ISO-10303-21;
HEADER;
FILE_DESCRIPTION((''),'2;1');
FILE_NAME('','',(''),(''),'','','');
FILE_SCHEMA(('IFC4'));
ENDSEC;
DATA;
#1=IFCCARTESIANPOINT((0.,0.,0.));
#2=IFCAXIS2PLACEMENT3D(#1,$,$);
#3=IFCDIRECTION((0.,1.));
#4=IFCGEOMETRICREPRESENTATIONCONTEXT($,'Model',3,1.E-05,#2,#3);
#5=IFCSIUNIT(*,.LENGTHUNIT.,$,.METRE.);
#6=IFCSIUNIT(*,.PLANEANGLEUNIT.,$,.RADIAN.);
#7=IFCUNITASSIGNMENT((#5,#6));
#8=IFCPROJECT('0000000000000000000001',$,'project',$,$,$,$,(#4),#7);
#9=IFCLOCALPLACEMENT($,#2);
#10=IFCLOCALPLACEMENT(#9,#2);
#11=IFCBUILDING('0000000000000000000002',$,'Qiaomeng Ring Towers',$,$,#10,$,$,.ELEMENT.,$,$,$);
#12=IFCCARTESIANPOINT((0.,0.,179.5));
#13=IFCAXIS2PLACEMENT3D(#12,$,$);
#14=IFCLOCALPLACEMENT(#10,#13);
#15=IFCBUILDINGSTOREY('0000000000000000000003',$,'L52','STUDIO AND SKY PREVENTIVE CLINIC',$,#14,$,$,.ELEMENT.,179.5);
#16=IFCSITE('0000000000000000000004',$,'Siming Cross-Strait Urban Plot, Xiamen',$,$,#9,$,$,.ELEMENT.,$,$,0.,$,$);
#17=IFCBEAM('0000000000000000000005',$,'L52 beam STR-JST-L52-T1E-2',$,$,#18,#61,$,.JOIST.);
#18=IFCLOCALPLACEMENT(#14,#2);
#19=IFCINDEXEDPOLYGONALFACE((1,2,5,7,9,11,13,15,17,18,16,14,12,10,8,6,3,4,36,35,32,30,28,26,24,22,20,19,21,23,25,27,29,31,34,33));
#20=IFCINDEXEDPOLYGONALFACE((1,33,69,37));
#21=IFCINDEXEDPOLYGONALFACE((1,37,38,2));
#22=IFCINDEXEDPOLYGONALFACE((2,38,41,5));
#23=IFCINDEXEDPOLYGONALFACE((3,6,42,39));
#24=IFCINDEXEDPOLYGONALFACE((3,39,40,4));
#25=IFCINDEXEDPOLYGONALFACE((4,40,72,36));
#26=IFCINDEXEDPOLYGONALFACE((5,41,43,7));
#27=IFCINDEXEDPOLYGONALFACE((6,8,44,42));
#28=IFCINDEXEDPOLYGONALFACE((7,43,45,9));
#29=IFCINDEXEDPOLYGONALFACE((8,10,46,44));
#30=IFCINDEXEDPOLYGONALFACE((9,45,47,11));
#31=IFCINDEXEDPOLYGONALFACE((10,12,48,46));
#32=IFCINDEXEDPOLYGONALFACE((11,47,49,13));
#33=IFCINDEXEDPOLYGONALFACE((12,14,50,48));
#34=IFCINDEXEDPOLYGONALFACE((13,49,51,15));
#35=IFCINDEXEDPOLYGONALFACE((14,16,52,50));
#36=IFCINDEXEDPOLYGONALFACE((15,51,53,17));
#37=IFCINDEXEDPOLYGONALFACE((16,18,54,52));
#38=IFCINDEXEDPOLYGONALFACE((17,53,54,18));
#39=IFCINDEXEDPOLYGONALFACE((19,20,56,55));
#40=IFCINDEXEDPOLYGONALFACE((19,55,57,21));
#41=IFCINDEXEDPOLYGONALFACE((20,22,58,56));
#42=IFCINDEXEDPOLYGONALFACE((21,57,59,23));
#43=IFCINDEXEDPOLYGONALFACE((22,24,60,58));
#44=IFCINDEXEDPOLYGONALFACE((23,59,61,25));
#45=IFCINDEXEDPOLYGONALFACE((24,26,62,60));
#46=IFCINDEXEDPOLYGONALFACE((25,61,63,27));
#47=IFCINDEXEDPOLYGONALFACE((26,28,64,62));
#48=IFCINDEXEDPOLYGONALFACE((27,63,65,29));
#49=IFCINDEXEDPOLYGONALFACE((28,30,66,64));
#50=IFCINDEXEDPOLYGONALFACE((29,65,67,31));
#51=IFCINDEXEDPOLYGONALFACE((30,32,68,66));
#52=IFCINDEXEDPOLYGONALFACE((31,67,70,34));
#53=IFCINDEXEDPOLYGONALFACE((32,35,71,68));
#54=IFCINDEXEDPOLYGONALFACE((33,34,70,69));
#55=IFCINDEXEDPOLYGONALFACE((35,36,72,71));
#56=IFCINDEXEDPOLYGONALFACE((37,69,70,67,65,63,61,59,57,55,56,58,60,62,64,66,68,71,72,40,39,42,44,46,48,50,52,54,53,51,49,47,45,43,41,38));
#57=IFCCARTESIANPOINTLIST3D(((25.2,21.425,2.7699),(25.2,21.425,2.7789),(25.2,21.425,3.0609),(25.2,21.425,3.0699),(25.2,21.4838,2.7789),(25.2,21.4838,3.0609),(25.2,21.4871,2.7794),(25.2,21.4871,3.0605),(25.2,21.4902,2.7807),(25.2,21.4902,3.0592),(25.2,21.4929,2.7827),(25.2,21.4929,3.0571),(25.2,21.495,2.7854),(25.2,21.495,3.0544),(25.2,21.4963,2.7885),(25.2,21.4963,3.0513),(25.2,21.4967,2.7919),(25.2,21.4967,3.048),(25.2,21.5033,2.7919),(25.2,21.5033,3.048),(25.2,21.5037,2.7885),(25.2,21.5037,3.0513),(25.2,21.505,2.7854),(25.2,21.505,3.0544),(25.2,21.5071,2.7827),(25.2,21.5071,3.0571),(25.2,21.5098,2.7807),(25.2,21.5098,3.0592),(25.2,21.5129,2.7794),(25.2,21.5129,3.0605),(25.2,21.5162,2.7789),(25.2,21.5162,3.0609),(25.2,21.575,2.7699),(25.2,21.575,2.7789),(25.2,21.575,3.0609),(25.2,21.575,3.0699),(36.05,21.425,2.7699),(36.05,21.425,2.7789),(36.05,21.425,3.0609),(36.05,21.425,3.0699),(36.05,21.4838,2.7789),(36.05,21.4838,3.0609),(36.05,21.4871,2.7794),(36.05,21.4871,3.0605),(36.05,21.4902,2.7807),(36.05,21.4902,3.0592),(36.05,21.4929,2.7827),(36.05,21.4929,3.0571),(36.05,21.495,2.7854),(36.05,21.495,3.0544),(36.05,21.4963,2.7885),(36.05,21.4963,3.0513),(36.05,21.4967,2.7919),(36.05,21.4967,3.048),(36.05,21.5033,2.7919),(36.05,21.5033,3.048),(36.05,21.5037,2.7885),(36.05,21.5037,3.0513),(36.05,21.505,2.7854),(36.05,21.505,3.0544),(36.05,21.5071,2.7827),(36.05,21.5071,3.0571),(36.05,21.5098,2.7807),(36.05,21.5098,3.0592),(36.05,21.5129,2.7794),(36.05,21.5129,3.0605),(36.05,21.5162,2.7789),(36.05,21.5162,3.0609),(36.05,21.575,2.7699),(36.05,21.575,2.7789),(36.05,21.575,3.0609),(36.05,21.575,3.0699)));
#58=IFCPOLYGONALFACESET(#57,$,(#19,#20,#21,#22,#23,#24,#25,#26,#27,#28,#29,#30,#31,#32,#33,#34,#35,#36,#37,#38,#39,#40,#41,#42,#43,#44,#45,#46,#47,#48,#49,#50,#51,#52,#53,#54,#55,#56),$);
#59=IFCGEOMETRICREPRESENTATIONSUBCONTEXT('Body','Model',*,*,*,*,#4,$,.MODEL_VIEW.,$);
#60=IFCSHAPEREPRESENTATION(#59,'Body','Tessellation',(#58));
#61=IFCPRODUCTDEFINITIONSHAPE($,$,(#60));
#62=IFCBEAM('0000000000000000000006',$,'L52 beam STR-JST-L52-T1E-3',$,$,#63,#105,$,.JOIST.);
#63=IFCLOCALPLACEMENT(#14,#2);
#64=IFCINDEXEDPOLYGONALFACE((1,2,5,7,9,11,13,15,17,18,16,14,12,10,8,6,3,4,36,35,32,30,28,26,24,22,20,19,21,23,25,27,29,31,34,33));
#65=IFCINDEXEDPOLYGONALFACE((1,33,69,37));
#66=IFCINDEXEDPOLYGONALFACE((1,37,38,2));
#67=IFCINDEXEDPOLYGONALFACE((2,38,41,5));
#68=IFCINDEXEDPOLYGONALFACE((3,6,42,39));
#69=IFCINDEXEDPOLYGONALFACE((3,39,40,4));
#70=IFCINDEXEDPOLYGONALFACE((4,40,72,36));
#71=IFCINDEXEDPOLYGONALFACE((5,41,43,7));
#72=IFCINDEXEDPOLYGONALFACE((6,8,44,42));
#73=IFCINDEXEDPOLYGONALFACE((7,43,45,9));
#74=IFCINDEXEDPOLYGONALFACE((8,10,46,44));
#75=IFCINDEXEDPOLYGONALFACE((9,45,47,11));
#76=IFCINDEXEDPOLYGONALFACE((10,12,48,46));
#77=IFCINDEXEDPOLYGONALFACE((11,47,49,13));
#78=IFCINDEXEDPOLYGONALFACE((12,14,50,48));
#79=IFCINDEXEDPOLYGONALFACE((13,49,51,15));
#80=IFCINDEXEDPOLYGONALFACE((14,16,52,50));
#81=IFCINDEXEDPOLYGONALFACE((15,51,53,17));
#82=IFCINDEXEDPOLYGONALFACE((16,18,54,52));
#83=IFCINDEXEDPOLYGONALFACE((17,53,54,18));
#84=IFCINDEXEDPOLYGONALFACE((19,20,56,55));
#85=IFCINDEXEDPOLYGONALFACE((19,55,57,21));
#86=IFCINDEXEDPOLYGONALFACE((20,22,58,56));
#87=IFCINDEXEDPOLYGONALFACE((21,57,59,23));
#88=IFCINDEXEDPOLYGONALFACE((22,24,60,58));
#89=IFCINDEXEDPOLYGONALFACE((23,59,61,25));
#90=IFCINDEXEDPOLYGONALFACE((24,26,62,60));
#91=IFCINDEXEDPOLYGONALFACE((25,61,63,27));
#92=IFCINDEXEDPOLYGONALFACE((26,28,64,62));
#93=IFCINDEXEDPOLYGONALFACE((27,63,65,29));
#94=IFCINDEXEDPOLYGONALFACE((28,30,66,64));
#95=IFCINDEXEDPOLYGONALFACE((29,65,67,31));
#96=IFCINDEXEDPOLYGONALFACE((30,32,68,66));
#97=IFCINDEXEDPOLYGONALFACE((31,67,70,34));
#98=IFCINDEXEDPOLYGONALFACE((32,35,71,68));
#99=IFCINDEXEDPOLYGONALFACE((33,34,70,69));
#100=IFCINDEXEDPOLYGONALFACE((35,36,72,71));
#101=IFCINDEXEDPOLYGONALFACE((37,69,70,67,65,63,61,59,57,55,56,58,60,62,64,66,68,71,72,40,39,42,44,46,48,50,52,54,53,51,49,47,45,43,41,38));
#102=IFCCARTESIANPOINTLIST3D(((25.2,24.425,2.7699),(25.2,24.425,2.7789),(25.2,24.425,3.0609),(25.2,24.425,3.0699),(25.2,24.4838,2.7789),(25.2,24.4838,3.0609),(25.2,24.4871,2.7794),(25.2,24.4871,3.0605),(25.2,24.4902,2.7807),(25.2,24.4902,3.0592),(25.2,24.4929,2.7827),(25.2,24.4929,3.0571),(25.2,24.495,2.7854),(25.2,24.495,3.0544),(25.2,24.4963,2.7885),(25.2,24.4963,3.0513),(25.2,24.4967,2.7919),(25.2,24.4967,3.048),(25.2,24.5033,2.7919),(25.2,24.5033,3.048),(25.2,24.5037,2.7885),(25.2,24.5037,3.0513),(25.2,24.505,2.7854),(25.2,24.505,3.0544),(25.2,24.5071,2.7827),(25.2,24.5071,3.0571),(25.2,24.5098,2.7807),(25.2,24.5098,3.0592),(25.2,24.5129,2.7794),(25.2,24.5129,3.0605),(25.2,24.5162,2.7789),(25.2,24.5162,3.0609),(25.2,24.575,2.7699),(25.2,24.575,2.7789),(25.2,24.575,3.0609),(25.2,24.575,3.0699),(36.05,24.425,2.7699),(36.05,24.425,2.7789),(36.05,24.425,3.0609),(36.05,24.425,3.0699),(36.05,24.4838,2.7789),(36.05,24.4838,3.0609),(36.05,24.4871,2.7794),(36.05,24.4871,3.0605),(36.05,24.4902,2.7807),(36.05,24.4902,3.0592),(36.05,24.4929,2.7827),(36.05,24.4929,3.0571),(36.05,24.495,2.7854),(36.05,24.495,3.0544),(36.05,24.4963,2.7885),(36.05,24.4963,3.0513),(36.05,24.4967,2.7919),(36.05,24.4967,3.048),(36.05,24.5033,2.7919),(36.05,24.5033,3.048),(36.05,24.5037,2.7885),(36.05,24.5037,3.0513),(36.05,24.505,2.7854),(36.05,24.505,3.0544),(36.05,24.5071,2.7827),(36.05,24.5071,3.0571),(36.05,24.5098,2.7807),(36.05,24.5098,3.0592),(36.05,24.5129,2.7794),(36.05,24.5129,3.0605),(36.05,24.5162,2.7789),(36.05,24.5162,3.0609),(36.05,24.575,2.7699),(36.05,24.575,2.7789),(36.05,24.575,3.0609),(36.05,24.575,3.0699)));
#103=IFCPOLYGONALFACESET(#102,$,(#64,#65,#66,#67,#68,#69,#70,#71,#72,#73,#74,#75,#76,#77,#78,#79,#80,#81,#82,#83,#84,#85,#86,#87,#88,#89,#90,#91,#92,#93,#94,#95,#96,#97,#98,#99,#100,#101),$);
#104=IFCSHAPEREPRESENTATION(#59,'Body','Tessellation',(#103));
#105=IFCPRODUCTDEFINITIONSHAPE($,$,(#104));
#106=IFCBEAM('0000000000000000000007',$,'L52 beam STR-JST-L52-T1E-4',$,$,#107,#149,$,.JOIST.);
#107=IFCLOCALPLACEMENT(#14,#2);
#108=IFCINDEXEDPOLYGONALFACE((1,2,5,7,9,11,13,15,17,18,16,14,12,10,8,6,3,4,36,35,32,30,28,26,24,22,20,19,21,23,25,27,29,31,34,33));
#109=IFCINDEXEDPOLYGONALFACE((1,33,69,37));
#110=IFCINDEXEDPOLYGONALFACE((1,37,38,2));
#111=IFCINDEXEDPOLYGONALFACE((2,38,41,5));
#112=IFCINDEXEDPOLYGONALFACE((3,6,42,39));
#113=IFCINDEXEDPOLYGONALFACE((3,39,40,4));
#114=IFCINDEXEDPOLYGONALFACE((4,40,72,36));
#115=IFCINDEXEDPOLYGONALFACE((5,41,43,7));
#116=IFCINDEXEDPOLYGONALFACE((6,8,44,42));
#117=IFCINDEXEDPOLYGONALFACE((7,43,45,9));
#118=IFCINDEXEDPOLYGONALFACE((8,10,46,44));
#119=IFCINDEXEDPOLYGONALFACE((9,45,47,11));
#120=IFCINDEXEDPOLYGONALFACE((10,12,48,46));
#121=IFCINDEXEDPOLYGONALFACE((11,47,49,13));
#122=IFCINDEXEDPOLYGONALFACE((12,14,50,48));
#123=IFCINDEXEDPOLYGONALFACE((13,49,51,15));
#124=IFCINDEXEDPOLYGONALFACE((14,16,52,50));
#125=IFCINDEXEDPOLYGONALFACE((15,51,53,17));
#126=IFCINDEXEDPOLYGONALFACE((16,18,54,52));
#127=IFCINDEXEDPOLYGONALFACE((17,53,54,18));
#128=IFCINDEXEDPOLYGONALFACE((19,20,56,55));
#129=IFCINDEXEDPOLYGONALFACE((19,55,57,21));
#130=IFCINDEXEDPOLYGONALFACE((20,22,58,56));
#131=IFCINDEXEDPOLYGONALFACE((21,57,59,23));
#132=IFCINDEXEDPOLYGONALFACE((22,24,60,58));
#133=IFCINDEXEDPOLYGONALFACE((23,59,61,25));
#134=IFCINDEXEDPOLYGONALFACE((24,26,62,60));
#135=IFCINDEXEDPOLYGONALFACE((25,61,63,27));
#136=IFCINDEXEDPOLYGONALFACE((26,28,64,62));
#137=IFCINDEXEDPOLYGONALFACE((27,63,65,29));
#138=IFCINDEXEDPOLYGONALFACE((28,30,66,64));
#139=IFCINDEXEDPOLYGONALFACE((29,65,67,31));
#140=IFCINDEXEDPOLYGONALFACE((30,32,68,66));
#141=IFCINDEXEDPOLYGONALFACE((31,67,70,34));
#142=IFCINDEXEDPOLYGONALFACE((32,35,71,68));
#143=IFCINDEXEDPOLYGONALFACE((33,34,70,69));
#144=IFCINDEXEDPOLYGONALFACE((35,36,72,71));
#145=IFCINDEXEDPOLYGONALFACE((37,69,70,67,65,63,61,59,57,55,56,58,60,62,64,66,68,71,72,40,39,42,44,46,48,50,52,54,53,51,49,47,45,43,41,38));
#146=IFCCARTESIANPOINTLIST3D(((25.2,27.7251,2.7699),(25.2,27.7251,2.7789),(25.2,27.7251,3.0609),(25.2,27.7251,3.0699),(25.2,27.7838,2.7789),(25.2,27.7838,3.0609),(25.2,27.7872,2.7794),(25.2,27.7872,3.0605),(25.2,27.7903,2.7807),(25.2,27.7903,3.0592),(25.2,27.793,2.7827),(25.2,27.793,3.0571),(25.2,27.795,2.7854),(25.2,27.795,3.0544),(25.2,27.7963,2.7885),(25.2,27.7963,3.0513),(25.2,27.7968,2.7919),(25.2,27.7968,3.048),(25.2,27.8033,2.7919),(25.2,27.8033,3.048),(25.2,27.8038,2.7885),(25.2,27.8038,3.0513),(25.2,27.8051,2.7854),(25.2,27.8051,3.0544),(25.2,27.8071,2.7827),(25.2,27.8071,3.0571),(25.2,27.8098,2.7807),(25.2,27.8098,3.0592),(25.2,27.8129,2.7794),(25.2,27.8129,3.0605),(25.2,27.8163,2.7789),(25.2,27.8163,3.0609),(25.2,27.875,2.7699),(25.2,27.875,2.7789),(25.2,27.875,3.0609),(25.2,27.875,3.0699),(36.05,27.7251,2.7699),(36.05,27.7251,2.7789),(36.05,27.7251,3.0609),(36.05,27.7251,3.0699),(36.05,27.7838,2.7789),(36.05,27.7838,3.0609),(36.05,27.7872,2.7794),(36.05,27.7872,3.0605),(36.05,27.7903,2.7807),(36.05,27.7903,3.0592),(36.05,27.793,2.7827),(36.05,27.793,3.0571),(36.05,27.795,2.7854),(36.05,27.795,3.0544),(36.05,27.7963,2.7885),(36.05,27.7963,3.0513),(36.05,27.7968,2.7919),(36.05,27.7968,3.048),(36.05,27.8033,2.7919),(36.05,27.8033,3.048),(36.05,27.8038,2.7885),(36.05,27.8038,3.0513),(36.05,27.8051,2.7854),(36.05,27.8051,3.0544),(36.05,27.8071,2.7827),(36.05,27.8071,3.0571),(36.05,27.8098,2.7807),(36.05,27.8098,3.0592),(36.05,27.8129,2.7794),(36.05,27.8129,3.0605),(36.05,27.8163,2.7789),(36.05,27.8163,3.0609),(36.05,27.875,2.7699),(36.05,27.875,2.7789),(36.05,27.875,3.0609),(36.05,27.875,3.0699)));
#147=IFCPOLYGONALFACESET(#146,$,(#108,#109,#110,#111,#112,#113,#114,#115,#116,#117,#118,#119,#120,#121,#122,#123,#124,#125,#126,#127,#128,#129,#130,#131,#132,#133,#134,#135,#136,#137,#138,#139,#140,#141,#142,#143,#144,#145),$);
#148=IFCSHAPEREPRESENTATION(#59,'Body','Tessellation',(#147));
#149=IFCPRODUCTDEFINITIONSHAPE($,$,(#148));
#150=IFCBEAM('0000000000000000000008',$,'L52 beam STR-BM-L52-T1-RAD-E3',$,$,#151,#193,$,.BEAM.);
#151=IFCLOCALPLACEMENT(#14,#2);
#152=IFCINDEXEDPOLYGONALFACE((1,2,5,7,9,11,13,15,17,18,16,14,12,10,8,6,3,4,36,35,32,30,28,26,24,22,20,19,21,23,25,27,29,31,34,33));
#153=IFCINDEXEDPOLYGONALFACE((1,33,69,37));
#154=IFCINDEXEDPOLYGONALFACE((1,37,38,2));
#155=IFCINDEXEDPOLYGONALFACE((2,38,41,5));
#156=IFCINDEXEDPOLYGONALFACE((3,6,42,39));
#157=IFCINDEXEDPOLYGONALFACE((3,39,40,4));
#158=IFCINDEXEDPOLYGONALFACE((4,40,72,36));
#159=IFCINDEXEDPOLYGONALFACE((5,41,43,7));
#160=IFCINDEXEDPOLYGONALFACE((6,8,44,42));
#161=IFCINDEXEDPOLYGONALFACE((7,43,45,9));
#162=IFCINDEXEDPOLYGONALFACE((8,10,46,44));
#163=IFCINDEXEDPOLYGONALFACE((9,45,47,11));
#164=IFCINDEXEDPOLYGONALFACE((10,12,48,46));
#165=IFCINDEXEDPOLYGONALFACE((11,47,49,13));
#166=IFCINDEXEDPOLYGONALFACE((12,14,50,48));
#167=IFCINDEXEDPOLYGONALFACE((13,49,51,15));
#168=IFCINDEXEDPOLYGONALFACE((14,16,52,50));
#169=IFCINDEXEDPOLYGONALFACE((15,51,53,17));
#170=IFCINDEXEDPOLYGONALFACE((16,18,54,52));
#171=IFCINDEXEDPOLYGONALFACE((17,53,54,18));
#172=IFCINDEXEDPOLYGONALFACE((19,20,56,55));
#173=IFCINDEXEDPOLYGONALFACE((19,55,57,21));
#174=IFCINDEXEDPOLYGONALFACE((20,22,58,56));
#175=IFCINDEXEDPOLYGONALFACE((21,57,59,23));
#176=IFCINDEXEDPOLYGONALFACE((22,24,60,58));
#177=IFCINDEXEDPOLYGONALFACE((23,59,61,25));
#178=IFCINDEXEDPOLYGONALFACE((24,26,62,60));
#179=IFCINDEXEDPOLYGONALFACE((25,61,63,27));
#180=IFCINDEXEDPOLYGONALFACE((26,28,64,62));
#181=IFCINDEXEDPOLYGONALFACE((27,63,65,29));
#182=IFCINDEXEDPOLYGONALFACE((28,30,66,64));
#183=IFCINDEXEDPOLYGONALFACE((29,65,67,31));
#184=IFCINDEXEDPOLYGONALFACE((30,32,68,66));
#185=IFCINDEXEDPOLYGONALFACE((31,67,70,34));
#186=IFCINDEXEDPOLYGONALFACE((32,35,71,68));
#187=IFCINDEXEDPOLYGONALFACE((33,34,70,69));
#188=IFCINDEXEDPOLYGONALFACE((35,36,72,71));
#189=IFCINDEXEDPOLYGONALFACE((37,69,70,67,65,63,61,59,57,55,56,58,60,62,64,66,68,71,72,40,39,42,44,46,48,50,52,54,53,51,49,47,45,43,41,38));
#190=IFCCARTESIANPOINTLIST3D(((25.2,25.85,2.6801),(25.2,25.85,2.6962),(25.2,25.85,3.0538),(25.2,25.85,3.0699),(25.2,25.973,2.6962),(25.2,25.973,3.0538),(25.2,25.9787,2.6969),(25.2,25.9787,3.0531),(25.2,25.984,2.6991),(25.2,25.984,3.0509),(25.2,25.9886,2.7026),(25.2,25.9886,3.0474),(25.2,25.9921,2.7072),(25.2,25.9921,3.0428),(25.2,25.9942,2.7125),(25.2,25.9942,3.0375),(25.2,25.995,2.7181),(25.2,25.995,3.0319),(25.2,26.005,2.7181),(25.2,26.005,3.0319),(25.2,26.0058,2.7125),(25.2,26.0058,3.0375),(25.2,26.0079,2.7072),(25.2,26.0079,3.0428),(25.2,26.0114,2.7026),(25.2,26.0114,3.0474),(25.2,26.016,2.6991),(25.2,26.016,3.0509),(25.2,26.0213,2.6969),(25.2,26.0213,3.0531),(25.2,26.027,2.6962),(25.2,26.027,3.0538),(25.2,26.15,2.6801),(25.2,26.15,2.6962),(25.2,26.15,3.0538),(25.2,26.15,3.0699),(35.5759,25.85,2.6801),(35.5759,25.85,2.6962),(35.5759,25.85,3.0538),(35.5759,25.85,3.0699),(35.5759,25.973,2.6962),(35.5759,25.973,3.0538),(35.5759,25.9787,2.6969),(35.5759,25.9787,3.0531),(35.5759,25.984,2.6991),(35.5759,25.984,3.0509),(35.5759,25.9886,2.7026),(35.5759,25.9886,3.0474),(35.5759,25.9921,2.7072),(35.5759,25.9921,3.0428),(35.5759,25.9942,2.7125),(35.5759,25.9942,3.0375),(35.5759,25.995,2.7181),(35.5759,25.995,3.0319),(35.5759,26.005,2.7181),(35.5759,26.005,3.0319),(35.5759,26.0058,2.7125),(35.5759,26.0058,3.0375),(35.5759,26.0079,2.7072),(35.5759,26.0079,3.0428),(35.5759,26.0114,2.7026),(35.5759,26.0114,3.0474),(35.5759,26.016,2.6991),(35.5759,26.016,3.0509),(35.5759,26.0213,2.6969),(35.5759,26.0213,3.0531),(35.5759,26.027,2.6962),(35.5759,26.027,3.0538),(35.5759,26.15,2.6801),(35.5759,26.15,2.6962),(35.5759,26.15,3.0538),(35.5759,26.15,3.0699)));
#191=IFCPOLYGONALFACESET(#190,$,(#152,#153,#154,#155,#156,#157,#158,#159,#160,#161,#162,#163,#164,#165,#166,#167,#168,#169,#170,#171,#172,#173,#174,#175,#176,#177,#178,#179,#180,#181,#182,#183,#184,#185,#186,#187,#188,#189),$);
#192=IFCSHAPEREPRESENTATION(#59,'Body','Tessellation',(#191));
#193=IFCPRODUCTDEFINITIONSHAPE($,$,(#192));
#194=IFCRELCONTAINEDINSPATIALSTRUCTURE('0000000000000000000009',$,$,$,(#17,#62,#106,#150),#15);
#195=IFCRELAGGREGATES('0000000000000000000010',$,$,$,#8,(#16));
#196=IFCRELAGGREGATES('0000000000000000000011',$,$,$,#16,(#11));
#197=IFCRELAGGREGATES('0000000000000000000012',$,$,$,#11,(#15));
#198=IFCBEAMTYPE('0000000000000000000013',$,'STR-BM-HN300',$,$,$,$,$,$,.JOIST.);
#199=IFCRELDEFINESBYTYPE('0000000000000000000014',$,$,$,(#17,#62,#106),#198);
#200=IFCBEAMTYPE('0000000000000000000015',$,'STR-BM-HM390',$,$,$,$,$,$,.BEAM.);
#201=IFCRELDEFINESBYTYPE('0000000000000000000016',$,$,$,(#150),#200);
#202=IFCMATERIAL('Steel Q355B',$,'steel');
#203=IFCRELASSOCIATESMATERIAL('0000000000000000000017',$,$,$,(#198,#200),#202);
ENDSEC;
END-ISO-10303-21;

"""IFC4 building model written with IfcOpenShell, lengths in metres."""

from ifc_helpers import new_model, si_unit, direction, frame, origin, origin_2d, place, context, subcontext, project, spatial, i_section, extrude, source, transform, mapped, material, material_profile, profile_set, type_object, element, save


model = new_model("IFC4")

# Units and contexts
model_context = context("Model", 3, precision=1e-05, world=origin(), true_north=direction((0.0, 1.0)))
body_context = subcontext(model_context, "Body", "Model", "MODEL_VIEW")
ifc_project = project(units=[si_unit("LENGTHUNIT", "METRE"), si_unit("PLANEANGLEUNIT", "RADIAN")], contexts=[model_context])

# Site, building, storey
site_placement = place(None, origin())
site = spatial("IfcSite", under=ifc_project, at=site_placement, Name="Siming Cross-Strait Urban Plot, Xiamen", CompositionType="ELEMENT", RefElevation=0.0)
building_placement = place(site_placement, origin())
building = spatial("IfcBuilding", under=site, at=building_placement, Name="Qiaomeng Ring Towers", CompositionType="ELEMENT")
storey_placement = place(building_placement, frame((0.0, 0.0, 179.5)))
storey = spatial("IfcBuildingStorey", under=building, at=storey_placement, Name="L52", Description="STUDIO AND SKY PREVENTIVE CLINIC", CompositionType="ELEMENT", Elevation=179.5)

# Beams
ifc_material_1 = material(Name="Steel Q355B", Category="steel")
ifc_material_profile_1 = material_profile(ifc_material_1, i_section(OverallWidth=0.1499, OverallDepth=0.3, WebThickness=0.0066, FlangeThickness=0.009, FilletRadius=0.0129, at=origin_2d()), Name="HN 300x150x6.5x9")
ifc_profile_set_1 = profile_set([ifc_material_profile_1], Name="Steel Q355B")
beam_type_1 = type_object("IfcBeamType", Name="STR-BM-HN300", PredefinedType="JOIST", material=ifc_profile_set_1)
shared_shape_1 = source(origin(), body_context, "Body", "SweptSolid", [
    extrude(i_section(OverallWidth=0.1499, OverallDepth=0.3, WebThickness=0.0066, FlangeThickness=0.009, FilletRadius=0.0129, at=origin_2d()), origin(), (0.0, 0.0, 1.0), 10.8501),
])
for number, where, z_axis, x_axis, name in (
    (1, (25.2, 21.5, 2.9199), (1.0, 0.0, 0.0), (0.0, 1.0, 0.0), "L52 beam STR-JST-L52-T1E-2"),
    (2, (25.2, 24.5, 2.9199), (1.0, 0.0, 0.0), (0.0, 1.0, 0.0), "L52 beam STR-JST-L52-T1E-3"),
    (3, (25.2, 27.8, 2.9199), (1.0, 0.0, 0.0), (0.0, 1.0, 0.0), "L52 beam STR-JST-L52-T1E-4"),
):
    element("IfcBeam", number, at=place(storey_placement, frame(where, z_axis=z_axis, x_axis=x_axis)), inside=storey, type_object=beam_type_1, Name=name, PredefinedType="JOIST", context=body_context, shape_type="MappedRepresentation", body=[
        mapped(shared_shape_1, transform((0.0, 0.0, 0.0), x_axis=(1.0, 0.0, 0.0), y_axis=(0.0, 1.0, 0.0), z_axis=(0.0, 0.0, 1.0), scale=1.0)),
    ])
ifc_material_profile_2 = material_profile(ifc_material_1, i_section(OverallWidth=0.3, OverallDepth=0.3899, WebThickness=0.01, FlangeThickness=0.0161, FilletRadius=0.022, at=origin_2d()), Name="HM 390x300x10x16")
ifc_profile_set_2 = profile_set([ifc_material_profile_2], Name="Steel Q355B")
beam_type_2 = type_object("IfcBeamType", Name="STR-BM-HM390", PredefinedType="BEAM", material=ifc_profile_set_2)
shared_shape_2 = source(origin(), body_context, "Body", "SweptSolid", [
    extrude(i_section(OverallWidth=0.3, OverallDepth=0.3899, WebThickness=0.01, FlangeThickness=0.0161, FilletRadius=0.022, at=origin_2d()), origin(), (0.0, 0.0, 1.0), 10.376),
])
beam_placement = place(storey_placement, frame((25.2, 26.0, 2.875), z_axis=(1.0, 0.0, 0.0), x_axis=(0.0, 1.0, 0.0)))
element("IfcBeam", 4, at=beam_placement, inside=storey, type_object=beam_type_2, Name="L52 beam STR-BM-L52-T1-RAD-E3", PredefinedType="BEAM", context=body_context, shape_type="MappedRepresentation", body=[
    mapped(shared_shape_2, transform((0.0, 0.0, 0.0), x_axis=(1.0, 0.0, 0.0), y_axis=(0.0, 1.0, 0.0), z_axis=(0.0, 0.0, 1.0), scale=1.0)),
])

save(model, "model.ifc")
